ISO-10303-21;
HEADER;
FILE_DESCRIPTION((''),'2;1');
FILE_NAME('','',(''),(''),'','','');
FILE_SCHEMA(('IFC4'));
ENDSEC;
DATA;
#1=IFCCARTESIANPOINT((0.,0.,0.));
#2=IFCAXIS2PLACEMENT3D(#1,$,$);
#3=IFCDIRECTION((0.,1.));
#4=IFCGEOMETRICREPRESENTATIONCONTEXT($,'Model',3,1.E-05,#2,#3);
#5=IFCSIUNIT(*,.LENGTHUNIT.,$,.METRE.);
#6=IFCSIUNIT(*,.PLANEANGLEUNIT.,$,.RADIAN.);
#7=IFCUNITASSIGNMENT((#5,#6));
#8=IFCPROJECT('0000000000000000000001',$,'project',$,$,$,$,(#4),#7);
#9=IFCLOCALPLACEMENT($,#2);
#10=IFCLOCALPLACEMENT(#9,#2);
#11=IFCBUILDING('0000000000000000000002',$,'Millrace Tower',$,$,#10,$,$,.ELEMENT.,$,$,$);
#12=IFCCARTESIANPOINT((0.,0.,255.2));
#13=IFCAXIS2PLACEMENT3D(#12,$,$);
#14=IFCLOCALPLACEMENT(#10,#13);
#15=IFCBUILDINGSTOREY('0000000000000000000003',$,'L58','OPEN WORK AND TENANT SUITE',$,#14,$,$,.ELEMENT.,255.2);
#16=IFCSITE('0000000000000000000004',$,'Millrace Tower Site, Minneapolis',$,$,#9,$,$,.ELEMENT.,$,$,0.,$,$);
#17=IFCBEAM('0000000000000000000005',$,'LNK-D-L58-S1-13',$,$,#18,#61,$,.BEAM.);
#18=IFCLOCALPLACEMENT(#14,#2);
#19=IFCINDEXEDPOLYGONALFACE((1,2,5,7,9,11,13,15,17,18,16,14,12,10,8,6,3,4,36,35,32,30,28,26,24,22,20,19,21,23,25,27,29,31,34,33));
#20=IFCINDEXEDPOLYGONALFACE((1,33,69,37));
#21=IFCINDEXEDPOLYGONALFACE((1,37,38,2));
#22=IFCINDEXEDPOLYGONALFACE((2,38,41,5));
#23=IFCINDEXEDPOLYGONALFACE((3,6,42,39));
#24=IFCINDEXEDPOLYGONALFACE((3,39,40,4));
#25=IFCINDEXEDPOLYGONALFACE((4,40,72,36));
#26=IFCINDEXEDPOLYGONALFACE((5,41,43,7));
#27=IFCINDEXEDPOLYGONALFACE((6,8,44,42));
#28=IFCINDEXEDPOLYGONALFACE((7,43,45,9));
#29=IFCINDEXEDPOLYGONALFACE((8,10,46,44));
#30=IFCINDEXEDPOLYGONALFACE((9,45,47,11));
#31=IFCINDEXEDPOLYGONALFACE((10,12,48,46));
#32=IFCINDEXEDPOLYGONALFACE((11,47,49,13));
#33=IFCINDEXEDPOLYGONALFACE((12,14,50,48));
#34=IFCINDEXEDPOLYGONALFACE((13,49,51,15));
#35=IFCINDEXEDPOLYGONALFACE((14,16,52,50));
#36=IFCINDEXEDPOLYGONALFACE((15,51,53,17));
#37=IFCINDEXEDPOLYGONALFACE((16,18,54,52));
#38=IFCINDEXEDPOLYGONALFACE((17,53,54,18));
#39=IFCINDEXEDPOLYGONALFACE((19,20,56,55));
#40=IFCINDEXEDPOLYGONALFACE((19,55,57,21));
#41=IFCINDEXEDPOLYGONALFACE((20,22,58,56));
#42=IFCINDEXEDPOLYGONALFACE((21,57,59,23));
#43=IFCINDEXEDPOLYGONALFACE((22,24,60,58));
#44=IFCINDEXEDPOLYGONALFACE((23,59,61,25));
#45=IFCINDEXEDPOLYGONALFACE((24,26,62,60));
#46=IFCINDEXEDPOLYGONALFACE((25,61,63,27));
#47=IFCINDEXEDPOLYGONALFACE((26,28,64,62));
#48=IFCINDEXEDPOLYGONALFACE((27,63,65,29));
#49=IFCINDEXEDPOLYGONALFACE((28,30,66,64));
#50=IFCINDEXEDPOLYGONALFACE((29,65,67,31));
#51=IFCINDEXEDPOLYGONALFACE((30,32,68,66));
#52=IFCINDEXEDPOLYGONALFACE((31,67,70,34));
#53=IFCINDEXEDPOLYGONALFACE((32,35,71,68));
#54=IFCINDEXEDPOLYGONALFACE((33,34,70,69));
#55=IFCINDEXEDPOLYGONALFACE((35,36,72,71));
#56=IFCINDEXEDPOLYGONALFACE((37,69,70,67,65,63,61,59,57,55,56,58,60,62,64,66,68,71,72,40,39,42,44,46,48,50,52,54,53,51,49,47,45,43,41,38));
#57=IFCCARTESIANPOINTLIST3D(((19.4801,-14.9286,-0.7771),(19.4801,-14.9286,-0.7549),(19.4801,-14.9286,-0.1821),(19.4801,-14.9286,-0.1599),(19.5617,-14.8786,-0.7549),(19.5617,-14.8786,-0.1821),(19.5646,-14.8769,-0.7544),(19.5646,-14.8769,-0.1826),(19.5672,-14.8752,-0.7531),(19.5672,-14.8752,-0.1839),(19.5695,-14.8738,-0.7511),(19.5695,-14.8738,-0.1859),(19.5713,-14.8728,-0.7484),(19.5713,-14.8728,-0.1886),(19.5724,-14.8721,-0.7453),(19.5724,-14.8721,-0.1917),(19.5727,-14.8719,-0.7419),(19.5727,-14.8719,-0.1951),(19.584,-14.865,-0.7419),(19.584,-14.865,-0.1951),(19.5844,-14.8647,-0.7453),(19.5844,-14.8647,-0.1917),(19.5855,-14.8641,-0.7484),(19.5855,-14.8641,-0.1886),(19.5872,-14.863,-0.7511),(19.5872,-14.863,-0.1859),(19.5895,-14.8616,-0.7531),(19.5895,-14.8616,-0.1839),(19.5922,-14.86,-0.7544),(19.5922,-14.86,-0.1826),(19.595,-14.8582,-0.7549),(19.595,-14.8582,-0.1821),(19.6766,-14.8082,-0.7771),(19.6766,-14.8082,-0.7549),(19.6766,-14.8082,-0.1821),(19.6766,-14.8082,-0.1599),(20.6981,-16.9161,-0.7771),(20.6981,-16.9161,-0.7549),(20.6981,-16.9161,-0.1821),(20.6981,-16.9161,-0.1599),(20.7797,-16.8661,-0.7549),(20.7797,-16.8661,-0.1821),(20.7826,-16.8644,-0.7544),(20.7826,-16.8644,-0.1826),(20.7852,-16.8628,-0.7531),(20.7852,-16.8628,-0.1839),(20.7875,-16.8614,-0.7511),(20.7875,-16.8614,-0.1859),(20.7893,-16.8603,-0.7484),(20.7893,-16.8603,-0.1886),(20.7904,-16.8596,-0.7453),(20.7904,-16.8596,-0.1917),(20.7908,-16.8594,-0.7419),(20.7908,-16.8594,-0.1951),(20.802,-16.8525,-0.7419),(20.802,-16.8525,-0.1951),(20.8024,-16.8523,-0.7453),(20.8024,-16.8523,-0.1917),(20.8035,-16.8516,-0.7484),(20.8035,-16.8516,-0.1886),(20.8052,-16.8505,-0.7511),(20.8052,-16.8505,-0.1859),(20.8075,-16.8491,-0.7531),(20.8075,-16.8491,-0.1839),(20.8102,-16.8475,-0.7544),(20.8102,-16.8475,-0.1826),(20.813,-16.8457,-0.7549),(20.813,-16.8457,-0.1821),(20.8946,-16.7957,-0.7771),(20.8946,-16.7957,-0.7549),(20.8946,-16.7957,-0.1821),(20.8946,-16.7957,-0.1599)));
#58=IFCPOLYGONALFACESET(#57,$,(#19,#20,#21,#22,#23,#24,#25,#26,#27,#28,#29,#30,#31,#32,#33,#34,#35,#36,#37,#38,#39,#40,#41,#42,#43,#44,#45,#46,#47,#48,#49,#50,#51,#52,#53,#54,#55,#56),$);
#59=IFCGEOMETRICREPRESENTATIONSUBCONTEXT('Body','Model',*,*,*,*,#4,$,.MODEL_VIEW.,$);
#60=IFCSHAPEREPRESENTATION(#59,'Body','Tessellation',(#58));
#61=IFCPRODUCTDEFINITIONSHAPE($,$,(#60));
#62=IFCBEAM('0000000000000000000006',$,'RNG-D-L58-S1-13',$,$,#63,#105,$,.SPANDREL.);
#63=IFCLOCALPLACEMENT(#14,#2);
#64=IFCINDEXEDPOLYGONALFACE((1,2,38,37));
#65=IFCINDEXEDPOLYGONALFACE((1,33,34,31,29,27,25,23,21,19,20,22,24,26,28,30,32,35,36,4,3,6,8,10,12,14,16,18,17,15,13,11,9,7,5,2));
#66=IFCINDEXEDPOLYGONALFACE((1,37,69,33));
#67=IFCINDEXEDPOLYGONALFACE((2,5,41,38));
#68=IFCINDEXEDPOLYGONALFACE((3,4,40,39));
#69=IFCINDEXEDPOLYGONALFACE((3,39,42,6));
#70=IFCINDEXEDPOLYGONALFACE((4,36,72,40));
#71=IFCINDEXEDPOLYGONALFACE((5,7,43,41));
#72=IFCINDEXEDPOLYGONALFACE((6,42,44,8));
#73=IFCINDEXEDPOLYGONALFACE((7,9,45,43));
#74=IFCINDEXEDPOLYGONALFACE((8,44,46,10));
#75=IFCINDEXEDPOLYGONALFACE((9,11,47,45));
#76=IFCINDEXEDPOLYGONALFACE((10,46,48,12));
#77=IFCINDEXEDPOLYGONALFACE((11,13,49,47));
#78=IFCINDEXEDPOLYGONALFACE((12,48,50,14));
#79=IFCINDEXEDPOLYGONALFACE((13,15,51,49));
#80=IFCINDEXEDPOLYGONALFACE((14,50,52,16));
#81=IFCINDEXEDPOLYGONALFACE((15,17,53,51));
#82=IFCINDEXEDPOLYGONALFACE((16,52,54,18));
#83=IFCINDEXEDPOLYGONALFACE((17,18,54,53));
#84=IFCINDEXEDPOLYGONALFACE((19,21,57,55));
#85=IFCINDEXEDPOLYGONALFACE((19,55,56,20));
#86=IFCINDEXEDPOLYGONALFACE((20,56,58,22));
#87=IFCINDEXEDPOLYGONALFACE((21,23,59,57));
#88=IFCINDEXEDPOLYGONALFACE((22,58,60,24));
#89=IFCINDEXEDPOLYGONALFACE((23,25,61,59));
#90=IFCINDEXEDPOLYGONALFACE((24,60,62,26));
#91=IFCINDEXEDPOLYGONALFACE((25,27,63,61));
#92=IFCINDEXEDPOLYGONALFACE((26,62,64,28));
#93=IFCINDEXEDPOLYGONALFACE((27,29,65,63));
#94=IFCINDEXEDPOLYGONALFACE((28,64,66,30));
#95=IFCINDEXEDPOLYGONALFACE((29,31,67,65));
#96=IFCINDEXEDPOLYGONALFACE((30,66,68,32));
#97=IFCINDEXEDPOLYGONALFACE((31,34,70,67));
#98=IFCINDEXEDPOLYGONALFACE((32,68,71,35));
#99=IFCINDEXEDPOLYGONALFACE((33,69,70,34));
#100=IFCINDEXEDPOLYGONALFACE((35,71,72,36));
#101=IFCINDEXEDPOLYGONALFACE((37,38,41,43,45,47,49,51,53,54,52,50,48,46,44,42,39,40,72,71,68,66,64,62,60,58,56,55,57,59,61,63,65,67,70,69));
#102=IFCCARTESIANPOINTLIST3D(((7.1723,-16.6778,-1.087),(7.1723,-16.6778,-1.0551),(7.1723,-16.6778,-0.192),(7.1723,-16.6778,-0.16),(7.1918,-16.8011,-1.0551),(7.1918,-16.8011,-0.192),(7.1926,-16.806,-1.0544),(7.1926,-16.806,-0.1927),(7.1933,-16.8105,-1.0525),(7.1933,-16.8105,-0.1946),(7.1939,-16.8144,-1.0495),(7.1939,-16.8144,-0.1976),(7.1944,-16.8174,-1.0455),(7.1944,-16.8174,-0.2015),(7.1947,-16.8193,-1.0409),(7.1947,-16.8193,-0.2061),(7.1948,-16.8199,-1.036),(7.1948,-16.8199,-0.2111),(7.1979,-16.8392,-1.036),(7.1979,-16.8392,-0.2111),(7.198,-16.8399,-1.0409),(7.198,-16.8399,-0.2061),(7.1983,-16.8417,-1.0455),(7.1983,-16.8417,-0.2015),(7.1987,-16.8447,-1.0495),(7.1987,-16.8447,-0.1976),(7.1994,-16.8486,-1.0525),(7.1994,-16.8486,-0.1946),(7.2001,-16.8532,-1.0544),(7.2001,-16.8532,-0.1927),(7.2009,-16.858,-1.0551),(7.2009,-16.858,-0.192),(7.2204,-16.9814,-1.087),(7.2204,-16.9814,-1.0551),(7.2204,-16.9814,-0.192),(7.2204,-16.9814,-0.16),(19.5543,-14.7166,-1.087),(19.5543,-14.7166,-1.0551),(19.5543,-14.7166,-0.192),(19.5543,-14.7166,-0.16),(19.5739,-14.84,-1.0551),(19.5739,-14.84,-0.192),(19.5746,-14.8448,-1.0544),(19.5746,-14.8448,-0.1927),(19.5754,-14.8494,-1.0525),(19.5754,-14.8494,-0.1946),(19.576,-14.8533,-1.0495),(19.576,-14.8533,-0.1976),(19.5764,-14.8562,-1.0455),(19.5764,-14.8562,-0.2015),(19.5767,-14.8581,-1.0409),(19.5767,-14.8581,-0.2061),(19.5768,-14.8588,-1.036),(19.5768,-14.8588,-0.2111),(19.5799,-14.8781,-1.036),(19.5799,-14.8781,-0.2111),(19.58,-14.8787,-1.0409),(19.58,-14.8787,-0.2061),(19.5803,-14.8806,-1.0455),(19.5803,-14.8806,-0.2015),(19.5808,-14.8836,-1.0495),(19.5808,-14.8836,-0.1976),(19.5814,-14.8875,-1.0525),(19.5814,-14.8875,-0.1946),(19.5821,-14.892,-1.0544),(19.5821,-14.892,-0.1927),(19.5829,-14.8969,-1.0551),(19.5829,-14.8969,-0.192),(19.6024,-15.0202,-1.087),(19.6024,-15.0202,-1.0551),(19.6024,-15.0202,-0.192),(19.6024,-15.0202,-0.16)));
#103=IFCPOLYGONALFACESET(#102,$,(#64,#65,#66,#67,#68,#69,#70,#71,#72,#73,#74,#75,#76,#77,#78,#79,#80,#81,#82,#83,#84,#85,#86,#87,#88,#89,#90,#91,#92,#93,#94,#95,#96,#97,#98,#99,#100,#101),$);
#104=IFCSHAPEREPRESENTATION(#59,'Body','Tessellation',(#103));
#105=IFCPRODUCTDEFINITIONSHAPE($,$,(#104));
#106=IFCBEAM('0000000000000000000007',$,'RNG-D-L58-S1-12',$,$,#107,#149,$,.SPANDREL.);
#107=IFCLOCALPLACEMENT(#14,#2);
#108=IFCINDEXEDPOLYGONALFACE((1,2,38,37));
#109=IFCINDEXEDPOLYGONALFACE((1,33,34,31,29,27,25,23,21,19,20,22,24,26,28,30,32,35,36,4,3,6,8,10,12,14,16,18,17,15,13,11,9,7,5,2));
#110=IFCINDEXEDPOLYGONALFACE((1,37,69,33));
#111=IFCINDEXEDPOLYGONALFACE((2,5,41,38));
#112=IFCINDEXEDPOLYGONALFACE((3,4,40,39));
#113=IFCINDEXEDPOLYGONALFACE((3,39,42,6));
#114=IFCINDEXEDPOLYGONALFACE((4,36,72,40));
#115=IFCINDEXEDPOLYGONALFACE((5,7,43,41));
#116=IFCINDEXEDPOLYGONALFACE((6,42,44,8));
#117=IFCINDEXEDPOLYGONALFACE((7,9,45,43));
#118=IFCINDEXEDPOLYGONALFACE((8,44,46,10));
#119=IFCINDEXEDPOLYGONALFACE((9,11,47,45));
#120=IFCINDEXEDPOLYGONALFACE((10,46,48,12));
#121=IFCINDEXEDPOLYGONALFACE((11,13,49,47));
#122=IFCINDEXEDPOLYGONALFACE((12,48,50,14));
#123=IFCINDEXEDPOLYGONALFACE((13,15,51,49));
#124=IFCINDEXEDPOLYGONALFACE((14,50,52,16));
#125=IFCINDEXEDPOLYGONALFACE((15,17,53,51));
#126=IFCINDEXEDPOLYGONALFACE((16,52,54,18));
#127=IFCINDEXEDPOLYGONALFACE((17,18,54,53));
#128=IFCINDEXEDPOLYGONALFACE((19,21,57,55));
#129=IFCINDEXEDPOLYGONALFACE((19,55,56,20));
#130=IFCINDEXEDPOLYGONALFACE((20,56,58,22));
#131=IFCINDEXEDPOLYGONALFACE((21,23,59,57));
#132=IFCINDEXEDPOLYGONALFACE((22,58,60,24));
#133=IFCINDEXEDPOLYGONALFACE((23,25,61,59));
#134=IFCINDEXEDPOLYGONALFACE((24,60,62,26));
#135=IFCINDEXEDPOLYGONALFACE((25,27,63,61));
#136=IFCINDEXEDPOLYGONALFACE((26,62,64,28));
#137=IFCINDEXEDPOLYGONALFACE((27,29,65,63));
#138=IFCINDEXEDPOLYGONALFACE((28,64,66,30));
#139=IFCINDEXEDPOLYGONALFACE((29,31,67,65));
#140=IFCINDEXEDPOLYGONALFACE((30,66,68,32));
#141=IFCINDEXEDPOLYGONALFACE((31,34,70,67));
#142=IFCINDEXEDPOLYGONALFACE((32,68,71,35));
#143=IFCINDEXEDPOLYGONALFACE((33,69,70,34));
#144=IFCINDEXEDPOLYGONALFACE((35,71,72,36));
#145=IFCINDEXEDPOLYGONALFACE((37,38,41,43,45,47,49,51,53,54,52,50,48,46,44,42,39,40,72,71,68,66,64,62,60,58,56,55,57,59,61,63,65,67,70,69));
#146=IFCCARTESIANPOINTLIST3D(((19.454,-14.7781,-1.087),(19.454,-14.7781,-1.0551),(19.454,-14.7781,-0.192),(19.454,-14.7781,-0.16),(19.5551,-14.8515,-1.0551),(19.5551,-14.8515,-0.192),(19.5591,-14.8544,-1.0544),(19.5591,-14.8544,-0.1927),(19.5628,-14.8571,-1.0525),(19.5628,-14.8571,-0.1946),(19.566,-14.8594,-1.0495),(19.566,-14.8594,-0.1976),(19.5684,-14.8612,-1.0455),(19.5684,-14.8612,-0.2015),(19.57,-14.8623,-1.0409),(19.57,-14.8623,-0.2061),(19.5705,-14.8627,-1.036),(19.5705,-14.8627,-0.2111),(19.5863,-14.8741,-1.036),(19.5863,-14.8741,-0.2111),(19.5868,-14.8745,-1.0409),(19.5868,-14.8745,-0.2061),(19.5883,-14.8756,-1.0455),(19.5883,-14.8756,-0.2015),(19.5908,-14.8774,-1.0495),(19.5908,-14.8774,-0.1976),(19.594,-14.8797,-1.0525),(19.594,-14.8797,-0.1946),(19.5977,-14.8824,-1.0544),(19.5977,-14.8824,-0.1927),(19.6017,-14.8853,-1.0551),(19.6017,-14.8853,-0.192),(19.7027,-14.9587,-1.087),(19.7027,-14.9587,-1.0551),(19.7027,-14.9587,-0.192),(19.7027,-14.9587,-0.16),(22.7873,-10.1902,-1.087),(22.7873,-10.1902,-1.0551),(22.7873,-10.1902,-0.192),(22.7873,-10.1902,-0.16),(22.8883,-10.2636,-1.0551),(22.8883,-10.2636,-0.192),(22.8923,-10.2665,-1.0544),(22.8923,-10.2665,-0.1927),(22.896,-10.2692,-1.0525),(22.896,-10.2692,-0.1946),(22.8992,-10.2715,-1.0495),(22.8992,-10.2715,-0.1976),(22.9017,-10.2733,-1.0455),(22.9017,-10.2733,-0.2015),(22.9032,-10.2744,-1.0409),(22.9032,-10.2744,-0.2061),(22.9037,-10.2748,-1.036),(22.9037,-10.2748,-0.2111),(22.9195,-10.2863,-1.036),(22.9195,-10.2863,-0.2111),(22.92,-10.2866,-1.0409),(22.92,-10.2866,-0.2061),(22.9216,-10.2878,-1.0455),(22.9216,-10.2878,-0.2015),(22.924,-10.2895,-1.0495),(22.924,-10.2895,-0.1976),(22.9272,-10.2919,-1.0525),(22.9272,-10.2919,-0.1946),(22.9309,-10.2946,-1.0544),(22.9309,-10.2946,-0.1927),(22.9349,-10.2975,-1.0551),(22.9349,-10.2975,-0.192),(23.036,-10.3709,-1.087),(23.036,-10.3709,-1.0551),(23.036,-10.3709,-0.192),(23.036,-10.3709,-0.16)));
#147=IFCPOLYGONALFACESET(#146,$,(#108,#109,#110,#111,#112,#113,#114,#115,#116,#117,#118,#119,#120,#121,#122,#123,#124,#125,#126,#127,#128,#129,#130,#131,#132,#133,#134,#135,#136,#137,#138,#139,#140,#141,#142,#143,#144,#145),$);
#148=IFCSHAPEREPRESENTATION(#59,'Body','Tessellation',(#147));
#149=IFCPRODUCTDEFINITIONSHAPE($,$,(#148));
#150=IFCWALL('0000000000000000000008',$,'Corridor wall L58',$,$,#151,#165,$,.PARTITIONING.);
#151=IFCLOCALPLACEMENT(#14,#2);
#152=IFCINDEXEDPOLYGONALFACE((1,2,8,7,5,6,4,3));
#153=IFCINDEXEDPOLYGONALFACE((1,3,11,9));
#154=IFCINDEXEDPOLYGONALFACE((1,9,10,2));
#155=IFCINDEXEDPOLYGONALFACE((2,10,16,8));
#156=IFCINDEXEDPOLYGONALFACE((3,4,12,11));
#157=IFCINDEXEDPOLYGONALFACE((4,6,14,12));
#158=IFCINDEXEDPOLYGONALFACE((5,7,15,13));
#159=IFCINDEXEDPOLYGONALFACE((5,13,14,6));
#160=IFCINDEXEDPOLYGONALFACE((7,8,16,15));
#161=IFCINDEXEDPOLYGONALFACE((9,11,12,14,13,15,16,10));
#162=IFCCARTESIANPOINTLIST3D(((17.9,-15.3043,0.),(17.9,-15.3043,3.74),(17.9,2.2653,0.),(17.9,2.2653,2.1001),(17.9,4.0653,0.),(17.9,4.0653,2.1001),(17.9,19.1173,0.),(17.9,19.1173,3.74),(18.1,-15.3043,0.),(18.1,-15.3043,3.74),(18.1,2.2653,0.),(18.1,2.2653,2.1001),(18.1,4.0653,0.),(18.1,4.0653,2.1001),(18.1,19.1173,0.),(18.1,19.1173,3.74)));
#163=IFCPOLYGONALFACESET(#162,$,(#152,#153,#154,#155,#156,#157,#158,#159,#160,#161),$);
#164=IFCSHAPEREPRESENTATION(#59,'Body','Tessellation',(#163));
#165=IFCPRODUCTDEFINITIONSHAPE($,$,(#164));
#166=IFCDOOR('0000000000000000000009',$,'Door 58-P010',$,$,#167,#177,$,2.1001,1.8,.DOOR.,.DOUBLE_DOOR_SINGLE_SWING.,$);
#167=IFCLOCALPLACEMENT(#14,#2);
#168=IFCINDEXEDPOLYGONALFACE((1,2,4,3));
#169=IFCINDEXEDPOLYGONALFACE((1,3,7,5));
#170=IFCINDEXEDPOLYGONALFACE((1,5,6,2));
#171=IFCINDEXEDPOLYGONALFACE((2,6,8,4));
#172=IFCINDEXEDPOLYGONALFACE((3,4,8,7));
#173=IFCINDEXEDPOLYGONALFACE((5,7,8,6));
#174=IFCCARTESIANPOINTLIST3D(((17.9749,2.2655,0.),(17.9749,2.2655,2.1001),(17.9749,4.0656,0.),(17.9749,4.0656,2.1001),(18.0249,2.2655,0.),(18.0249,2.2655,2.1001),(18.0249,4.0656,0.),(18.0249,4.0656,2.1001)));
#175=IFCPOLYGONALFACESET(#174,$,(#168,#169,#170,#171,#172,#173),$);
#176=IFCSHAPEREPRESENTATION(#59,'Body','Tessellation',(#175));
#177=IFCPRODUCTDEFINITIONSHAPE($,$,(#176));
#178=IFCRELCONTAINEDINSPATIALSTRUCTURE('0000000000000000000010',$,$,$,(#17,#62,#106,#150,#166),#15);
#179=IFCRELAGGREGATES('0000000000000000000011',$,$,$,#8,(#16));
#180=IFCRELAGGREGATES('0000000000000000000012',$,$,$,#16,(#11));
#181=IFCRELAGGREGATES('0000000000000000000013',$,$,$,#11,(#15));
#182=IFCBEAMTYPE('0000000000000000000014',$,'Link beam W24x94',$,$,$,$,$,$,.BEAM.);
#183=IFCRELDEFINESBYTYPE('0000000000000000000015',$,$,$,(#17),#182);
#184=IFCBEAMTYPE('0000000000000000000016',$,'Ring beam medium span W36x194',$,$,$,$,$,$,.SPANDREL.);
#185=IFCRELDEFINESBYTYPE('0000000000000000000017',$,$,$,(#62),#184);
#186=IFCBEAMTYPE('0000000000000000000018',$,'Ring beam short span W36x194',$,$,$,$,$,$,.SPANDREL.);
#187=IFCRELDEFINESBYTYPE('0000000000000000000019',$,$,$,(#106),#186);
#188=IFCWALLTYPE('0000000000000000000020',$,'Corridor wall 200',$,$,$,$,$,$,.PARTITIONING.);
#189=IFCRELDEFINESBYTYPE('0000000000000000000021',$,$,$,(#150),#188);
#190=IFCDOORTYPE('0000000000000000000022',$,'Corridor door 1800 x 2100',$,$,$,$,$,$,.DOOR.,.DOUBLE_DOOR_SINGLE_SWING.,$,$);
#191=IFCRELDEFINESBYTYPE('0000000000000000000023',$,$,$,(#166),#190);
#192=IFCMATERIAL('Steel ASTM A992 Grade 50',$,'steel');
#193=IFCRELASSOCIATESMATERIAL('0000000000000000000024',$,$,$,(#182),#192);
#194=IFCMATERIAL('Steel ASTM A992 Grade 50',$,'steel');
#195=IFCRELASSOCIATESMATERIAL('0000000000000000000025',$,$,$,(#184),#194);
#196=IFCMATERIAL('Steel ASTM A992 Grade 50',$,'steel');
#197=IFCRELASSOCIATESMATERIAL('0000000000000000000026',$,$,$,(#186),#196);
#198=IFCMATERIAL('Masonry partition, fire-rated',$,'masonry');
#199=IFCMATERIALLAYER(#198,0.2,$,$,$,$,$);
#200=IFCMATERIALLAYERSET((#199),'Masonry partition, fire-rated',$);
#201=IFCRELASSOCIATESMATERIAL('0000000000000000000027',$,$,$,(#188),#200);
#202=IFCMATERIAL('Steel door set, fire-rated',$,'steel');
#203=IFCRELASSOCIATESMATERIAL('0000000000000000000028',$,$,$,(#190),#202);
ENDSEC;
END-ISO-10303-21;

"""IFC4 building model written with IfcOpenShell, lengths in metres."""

from ifc_helpers import new_model, si_unit, direction, frame, frame_2d, origin, origin_2d, place, context, subcontext, project, spatial, rectangle, i_section, extrude, material, layer, layer_set, material_profile, profile_set, type_object, element, fill, save


model = new_model("IFC4")

# Units and contexts
model_context = context("Model", 3, precision=1e-05, world=origin(), true_north=direction((0.0, 1.0)))
body_context = subcontext(model_context, "Body", "Model", "MODEL_VIEW")
ifc_project = project(units=[si_unit("LENGTHUNIT", "METRE"), si_unit("PLANEANGLEUNIT", "RADIAN")], contexts=[model_context])

# Site, building, storey
site_placement = place(None, origin())
site = spatial("IfcSite", under=ifc_project, at=site_placement, Name="Millrace Tower Site, Minneapolis", CompositionType="ELEMENT", RefElevation=0.0)
building_placement = place(site_placement, origin())
building = spatial("IfcBuilding", under=site, at=building_placement, Name="Millrace Tower", CompositionType="ELEMENT")
storey_placement = place(building_placement, frame((0.0, 0.0, 255.2)))
storey = spatial("IfcBuildingStorey", under=building, at=storey_placement, Name="L58", Description="OPEN WORK AND TENANT SUITE", CompositionType="ELEMENT", Elevation=255.2)

# Beams
ifc_material_1 = material(Name="Steel ASTM A992 Grade 50", Category="steel")
ifc_material_profile_1 = material_profile(ifc_material_1, i_section(OverallWidth=0.2305, OverallDepth=0.6172, WebThickness=0.0132, FlangeThickness=0.0222, FilletRadius=0.0129, at=origin_2d()))
ifc_profile_set_1 = profile_set([ifc_material_profile_1], Name="Steel ASTM A992 Grade 50")
beam_type_1 = type_object("IfcBeamType", Name="Link beam W24x94", PredefinedType="BEAM", material=ifc_profile_set_1)
beam_1_placement = place(storey_placement, frame((19.5784, -14.8684, -0.4685), z_axis=(0.522513, -0.852631, 0.0), x_axis=(0.852631, 0.522513, 0.0)))
element("IfcBeam", 1, at=beam_1_placement, inside=storey, type_object=beam_type_1, Name="LNK-D-L58-S1-13", PredefinedType="BEAM", context=body_context, shape_type="SweptSolid", body=[
    extrude(i_section(OverallWidth=0.2305, OverallDepth=0.6172, WebThickness=0.0132, FlangeThickness=0.0222, FilletRadius=0.0129, at=origin_2d()), origin(), (0.0, 0.0, 1.0), 2.3311),
])
ifc_material_2 = material(Name="Steel ASTM A992 Grade 50", Category="steel")
ifc_material_profile_2 = material_profile(ifc_material_2, i_section(OverallWidth=0.3074, OverallDepth=0.927, WebThickness=0.0195, FlangeThickness=0.032, FilletRadius=0.019, at=origin_2d()))
ifc_profile_set_2 = profile_set([ifc_material_profile_2], Name="Steel ASTM A992 Grade 50")
beam_type_2 = type_object("IfcBeamType", Name="Ring beam medium span W36x194", PredefinedType="SPANDREL", material=ifc_profile_set_2)
beam_2_placement = place(storey_placement, frame((19.5784, -14.8684, -0.6235), z_axis=(-0.987688, -0.156439, 0.0), x_axis=(0.156439, -0.987688, 0.0)))
element("IfcBeam", 2, at=beam_2_placement, inside=storey, type_object=beam_type_2, Name="RNG-D-L58-S1-13", PredefinedType="SPANDREL", context=body_context, shape_type="SweptSolid", body=[
    extrude(i_section(OverallWidth=0.3074, OverallDepth=0.927, WebThickness=0.0195, FlangeThickness=0.032, FilletRadius=0.019, at=origin_2d()), origin(), (0.0, 0.0, 1.0), 12.5364),
])
ifc_material_3 = material(Name="Steel ASTM A992 Grade 50", Category="steel")
ifc_material_profile_3 = material_profile(ifc_material_3, i_section(OverallWidth=0.3074, OverallDepth=0.927, WebThickness=0.0195, FlangeThickness=0.032, FilletRadius=0.019, at=origin_2d()))
ifc_profile_set_3 = profile_set([ifc_material_profile_3], Name="Steel ASTM A992 Grade 50")
beam_type_3 = type_object("IfcBeamType", Name="Ring beam short span W36x194", PredefinedType="SPANDREL", material=ifc_profile_set_3)
beam_3_placement = place(storey_placement, frame((22.9116, -10.2805, -0.6235), z_axis=(-0.58778, -0.809021, 0.0), x_axis=(0.809021, -0.58778, 0.0)))
element("IfcBeam", 3, at=beam_3_placement, inside=storey, type_object=beam_type_3, Name="RNG-D-L58-S1-12", PredefinedType="SPANDREL", context=body_context, shape_type="SweptSolid", body=[
    extrude(i_section(OverallWidth=0.3074, OverallDepth=0.927, WebThickness=0.0195, FlangeThickness=0.032, FilletRadius=0.019, at=origin_2d()), origin(), (0.0, 0.0, 1.0), 5.6709),
])

# Wall, opening, door
ifc_material_4 = material(Name="Masonry partition, fire-rated", Category="masonry")
ifc_layer_1 = layer(ifc_material_4, 0.2)
ifc_layer_set_1 = layer_set([ifc_layer_1], Name="Masonry partition, fire-rated")
wall_type = type_object("IfcWallType", Name="Corridor wall 200", PredefinedType="PARTITIONING", material=ifc_layer_set_1)
wall_placement = place(storey_placement, frame((18.0, -15.3044, 0.0), z_axis=(0.0, 0.0, 1.0), x_axis=(0.0, 1.0, 0.0)))
wall = element("IfcWall", 4, at=wall_placement, inside=storey, type_object=wall_type, Name="Corridor wall L58", PredefinedType="PARTITIONING", context=body_context, shape_type="SweptSolid", body=[
    extrude(rectangle(XDim=34.4216, YDim=0.2, at=frame_2d((17.2109, 0.0))), origin(), (0.0, 0.0, 1.0), 3.74),
])
opening_placement = place(wall_placement, frame((17.5698, 0.0, 0.0)))
opening = element("IfcOpeningElement", 5, at=opening_placement, cuts=wall, PredefinedType="OPENING", context=body_context, shape_type="SweptSolid", body=[
    extrude(rectangle(XDim=1.8, YDim=2.1001, at=frame_2d((0.8999, 1.05))), frame((0.0, 0.1099, 0.0), z_axis=(0.0, -1.0, 0.0), x_axis=(1.0, 0.0, 0.0)), (0.0, 0.0, 1.0), 0.22),
])
ifc_material_5 = material(Name="Steel door set, fire-rated", Category="steel")
door_type = type_object("IfcDoorType", Name="Corridor door 1800 x 2100", OperationType="DOUBLE_DOOR_SINGLE_SWING", PredefinedType="DOOR", material=ifc_material_5)
door_placement = place(opening_placement, frame((1.8, 0.0, 0.0), z_axis=(0.0, 0.0, 1.0), x_axis=(-1.0, 0.0, 0.0)))
door = element("IfcDoor", 6, at=door_placement, inside=storey, type_object=door_type, Name="Door 58-P010", OperationType="DOUBLE_DOOR_SINGLE_SWING", OverallHeight=2.1001, OverallWidth=1.8, PredefinedType="DOOR", context=body_context, shape_type="SweptSolid", body=[
    extrude(rectangle(XDim=1.8, YDim=2.1001, at=frame_2d((0.8999, 1.05))), frame((0.0, 0.0249, 0.0), z_axis=(0.0, -1.0, 0.0), x_axis=(1.0, 0.0, 0.0)), (0.0, 0.0, 1.0), 0.05),
])
fill(opening, door)

save(model, "model.ifc")
